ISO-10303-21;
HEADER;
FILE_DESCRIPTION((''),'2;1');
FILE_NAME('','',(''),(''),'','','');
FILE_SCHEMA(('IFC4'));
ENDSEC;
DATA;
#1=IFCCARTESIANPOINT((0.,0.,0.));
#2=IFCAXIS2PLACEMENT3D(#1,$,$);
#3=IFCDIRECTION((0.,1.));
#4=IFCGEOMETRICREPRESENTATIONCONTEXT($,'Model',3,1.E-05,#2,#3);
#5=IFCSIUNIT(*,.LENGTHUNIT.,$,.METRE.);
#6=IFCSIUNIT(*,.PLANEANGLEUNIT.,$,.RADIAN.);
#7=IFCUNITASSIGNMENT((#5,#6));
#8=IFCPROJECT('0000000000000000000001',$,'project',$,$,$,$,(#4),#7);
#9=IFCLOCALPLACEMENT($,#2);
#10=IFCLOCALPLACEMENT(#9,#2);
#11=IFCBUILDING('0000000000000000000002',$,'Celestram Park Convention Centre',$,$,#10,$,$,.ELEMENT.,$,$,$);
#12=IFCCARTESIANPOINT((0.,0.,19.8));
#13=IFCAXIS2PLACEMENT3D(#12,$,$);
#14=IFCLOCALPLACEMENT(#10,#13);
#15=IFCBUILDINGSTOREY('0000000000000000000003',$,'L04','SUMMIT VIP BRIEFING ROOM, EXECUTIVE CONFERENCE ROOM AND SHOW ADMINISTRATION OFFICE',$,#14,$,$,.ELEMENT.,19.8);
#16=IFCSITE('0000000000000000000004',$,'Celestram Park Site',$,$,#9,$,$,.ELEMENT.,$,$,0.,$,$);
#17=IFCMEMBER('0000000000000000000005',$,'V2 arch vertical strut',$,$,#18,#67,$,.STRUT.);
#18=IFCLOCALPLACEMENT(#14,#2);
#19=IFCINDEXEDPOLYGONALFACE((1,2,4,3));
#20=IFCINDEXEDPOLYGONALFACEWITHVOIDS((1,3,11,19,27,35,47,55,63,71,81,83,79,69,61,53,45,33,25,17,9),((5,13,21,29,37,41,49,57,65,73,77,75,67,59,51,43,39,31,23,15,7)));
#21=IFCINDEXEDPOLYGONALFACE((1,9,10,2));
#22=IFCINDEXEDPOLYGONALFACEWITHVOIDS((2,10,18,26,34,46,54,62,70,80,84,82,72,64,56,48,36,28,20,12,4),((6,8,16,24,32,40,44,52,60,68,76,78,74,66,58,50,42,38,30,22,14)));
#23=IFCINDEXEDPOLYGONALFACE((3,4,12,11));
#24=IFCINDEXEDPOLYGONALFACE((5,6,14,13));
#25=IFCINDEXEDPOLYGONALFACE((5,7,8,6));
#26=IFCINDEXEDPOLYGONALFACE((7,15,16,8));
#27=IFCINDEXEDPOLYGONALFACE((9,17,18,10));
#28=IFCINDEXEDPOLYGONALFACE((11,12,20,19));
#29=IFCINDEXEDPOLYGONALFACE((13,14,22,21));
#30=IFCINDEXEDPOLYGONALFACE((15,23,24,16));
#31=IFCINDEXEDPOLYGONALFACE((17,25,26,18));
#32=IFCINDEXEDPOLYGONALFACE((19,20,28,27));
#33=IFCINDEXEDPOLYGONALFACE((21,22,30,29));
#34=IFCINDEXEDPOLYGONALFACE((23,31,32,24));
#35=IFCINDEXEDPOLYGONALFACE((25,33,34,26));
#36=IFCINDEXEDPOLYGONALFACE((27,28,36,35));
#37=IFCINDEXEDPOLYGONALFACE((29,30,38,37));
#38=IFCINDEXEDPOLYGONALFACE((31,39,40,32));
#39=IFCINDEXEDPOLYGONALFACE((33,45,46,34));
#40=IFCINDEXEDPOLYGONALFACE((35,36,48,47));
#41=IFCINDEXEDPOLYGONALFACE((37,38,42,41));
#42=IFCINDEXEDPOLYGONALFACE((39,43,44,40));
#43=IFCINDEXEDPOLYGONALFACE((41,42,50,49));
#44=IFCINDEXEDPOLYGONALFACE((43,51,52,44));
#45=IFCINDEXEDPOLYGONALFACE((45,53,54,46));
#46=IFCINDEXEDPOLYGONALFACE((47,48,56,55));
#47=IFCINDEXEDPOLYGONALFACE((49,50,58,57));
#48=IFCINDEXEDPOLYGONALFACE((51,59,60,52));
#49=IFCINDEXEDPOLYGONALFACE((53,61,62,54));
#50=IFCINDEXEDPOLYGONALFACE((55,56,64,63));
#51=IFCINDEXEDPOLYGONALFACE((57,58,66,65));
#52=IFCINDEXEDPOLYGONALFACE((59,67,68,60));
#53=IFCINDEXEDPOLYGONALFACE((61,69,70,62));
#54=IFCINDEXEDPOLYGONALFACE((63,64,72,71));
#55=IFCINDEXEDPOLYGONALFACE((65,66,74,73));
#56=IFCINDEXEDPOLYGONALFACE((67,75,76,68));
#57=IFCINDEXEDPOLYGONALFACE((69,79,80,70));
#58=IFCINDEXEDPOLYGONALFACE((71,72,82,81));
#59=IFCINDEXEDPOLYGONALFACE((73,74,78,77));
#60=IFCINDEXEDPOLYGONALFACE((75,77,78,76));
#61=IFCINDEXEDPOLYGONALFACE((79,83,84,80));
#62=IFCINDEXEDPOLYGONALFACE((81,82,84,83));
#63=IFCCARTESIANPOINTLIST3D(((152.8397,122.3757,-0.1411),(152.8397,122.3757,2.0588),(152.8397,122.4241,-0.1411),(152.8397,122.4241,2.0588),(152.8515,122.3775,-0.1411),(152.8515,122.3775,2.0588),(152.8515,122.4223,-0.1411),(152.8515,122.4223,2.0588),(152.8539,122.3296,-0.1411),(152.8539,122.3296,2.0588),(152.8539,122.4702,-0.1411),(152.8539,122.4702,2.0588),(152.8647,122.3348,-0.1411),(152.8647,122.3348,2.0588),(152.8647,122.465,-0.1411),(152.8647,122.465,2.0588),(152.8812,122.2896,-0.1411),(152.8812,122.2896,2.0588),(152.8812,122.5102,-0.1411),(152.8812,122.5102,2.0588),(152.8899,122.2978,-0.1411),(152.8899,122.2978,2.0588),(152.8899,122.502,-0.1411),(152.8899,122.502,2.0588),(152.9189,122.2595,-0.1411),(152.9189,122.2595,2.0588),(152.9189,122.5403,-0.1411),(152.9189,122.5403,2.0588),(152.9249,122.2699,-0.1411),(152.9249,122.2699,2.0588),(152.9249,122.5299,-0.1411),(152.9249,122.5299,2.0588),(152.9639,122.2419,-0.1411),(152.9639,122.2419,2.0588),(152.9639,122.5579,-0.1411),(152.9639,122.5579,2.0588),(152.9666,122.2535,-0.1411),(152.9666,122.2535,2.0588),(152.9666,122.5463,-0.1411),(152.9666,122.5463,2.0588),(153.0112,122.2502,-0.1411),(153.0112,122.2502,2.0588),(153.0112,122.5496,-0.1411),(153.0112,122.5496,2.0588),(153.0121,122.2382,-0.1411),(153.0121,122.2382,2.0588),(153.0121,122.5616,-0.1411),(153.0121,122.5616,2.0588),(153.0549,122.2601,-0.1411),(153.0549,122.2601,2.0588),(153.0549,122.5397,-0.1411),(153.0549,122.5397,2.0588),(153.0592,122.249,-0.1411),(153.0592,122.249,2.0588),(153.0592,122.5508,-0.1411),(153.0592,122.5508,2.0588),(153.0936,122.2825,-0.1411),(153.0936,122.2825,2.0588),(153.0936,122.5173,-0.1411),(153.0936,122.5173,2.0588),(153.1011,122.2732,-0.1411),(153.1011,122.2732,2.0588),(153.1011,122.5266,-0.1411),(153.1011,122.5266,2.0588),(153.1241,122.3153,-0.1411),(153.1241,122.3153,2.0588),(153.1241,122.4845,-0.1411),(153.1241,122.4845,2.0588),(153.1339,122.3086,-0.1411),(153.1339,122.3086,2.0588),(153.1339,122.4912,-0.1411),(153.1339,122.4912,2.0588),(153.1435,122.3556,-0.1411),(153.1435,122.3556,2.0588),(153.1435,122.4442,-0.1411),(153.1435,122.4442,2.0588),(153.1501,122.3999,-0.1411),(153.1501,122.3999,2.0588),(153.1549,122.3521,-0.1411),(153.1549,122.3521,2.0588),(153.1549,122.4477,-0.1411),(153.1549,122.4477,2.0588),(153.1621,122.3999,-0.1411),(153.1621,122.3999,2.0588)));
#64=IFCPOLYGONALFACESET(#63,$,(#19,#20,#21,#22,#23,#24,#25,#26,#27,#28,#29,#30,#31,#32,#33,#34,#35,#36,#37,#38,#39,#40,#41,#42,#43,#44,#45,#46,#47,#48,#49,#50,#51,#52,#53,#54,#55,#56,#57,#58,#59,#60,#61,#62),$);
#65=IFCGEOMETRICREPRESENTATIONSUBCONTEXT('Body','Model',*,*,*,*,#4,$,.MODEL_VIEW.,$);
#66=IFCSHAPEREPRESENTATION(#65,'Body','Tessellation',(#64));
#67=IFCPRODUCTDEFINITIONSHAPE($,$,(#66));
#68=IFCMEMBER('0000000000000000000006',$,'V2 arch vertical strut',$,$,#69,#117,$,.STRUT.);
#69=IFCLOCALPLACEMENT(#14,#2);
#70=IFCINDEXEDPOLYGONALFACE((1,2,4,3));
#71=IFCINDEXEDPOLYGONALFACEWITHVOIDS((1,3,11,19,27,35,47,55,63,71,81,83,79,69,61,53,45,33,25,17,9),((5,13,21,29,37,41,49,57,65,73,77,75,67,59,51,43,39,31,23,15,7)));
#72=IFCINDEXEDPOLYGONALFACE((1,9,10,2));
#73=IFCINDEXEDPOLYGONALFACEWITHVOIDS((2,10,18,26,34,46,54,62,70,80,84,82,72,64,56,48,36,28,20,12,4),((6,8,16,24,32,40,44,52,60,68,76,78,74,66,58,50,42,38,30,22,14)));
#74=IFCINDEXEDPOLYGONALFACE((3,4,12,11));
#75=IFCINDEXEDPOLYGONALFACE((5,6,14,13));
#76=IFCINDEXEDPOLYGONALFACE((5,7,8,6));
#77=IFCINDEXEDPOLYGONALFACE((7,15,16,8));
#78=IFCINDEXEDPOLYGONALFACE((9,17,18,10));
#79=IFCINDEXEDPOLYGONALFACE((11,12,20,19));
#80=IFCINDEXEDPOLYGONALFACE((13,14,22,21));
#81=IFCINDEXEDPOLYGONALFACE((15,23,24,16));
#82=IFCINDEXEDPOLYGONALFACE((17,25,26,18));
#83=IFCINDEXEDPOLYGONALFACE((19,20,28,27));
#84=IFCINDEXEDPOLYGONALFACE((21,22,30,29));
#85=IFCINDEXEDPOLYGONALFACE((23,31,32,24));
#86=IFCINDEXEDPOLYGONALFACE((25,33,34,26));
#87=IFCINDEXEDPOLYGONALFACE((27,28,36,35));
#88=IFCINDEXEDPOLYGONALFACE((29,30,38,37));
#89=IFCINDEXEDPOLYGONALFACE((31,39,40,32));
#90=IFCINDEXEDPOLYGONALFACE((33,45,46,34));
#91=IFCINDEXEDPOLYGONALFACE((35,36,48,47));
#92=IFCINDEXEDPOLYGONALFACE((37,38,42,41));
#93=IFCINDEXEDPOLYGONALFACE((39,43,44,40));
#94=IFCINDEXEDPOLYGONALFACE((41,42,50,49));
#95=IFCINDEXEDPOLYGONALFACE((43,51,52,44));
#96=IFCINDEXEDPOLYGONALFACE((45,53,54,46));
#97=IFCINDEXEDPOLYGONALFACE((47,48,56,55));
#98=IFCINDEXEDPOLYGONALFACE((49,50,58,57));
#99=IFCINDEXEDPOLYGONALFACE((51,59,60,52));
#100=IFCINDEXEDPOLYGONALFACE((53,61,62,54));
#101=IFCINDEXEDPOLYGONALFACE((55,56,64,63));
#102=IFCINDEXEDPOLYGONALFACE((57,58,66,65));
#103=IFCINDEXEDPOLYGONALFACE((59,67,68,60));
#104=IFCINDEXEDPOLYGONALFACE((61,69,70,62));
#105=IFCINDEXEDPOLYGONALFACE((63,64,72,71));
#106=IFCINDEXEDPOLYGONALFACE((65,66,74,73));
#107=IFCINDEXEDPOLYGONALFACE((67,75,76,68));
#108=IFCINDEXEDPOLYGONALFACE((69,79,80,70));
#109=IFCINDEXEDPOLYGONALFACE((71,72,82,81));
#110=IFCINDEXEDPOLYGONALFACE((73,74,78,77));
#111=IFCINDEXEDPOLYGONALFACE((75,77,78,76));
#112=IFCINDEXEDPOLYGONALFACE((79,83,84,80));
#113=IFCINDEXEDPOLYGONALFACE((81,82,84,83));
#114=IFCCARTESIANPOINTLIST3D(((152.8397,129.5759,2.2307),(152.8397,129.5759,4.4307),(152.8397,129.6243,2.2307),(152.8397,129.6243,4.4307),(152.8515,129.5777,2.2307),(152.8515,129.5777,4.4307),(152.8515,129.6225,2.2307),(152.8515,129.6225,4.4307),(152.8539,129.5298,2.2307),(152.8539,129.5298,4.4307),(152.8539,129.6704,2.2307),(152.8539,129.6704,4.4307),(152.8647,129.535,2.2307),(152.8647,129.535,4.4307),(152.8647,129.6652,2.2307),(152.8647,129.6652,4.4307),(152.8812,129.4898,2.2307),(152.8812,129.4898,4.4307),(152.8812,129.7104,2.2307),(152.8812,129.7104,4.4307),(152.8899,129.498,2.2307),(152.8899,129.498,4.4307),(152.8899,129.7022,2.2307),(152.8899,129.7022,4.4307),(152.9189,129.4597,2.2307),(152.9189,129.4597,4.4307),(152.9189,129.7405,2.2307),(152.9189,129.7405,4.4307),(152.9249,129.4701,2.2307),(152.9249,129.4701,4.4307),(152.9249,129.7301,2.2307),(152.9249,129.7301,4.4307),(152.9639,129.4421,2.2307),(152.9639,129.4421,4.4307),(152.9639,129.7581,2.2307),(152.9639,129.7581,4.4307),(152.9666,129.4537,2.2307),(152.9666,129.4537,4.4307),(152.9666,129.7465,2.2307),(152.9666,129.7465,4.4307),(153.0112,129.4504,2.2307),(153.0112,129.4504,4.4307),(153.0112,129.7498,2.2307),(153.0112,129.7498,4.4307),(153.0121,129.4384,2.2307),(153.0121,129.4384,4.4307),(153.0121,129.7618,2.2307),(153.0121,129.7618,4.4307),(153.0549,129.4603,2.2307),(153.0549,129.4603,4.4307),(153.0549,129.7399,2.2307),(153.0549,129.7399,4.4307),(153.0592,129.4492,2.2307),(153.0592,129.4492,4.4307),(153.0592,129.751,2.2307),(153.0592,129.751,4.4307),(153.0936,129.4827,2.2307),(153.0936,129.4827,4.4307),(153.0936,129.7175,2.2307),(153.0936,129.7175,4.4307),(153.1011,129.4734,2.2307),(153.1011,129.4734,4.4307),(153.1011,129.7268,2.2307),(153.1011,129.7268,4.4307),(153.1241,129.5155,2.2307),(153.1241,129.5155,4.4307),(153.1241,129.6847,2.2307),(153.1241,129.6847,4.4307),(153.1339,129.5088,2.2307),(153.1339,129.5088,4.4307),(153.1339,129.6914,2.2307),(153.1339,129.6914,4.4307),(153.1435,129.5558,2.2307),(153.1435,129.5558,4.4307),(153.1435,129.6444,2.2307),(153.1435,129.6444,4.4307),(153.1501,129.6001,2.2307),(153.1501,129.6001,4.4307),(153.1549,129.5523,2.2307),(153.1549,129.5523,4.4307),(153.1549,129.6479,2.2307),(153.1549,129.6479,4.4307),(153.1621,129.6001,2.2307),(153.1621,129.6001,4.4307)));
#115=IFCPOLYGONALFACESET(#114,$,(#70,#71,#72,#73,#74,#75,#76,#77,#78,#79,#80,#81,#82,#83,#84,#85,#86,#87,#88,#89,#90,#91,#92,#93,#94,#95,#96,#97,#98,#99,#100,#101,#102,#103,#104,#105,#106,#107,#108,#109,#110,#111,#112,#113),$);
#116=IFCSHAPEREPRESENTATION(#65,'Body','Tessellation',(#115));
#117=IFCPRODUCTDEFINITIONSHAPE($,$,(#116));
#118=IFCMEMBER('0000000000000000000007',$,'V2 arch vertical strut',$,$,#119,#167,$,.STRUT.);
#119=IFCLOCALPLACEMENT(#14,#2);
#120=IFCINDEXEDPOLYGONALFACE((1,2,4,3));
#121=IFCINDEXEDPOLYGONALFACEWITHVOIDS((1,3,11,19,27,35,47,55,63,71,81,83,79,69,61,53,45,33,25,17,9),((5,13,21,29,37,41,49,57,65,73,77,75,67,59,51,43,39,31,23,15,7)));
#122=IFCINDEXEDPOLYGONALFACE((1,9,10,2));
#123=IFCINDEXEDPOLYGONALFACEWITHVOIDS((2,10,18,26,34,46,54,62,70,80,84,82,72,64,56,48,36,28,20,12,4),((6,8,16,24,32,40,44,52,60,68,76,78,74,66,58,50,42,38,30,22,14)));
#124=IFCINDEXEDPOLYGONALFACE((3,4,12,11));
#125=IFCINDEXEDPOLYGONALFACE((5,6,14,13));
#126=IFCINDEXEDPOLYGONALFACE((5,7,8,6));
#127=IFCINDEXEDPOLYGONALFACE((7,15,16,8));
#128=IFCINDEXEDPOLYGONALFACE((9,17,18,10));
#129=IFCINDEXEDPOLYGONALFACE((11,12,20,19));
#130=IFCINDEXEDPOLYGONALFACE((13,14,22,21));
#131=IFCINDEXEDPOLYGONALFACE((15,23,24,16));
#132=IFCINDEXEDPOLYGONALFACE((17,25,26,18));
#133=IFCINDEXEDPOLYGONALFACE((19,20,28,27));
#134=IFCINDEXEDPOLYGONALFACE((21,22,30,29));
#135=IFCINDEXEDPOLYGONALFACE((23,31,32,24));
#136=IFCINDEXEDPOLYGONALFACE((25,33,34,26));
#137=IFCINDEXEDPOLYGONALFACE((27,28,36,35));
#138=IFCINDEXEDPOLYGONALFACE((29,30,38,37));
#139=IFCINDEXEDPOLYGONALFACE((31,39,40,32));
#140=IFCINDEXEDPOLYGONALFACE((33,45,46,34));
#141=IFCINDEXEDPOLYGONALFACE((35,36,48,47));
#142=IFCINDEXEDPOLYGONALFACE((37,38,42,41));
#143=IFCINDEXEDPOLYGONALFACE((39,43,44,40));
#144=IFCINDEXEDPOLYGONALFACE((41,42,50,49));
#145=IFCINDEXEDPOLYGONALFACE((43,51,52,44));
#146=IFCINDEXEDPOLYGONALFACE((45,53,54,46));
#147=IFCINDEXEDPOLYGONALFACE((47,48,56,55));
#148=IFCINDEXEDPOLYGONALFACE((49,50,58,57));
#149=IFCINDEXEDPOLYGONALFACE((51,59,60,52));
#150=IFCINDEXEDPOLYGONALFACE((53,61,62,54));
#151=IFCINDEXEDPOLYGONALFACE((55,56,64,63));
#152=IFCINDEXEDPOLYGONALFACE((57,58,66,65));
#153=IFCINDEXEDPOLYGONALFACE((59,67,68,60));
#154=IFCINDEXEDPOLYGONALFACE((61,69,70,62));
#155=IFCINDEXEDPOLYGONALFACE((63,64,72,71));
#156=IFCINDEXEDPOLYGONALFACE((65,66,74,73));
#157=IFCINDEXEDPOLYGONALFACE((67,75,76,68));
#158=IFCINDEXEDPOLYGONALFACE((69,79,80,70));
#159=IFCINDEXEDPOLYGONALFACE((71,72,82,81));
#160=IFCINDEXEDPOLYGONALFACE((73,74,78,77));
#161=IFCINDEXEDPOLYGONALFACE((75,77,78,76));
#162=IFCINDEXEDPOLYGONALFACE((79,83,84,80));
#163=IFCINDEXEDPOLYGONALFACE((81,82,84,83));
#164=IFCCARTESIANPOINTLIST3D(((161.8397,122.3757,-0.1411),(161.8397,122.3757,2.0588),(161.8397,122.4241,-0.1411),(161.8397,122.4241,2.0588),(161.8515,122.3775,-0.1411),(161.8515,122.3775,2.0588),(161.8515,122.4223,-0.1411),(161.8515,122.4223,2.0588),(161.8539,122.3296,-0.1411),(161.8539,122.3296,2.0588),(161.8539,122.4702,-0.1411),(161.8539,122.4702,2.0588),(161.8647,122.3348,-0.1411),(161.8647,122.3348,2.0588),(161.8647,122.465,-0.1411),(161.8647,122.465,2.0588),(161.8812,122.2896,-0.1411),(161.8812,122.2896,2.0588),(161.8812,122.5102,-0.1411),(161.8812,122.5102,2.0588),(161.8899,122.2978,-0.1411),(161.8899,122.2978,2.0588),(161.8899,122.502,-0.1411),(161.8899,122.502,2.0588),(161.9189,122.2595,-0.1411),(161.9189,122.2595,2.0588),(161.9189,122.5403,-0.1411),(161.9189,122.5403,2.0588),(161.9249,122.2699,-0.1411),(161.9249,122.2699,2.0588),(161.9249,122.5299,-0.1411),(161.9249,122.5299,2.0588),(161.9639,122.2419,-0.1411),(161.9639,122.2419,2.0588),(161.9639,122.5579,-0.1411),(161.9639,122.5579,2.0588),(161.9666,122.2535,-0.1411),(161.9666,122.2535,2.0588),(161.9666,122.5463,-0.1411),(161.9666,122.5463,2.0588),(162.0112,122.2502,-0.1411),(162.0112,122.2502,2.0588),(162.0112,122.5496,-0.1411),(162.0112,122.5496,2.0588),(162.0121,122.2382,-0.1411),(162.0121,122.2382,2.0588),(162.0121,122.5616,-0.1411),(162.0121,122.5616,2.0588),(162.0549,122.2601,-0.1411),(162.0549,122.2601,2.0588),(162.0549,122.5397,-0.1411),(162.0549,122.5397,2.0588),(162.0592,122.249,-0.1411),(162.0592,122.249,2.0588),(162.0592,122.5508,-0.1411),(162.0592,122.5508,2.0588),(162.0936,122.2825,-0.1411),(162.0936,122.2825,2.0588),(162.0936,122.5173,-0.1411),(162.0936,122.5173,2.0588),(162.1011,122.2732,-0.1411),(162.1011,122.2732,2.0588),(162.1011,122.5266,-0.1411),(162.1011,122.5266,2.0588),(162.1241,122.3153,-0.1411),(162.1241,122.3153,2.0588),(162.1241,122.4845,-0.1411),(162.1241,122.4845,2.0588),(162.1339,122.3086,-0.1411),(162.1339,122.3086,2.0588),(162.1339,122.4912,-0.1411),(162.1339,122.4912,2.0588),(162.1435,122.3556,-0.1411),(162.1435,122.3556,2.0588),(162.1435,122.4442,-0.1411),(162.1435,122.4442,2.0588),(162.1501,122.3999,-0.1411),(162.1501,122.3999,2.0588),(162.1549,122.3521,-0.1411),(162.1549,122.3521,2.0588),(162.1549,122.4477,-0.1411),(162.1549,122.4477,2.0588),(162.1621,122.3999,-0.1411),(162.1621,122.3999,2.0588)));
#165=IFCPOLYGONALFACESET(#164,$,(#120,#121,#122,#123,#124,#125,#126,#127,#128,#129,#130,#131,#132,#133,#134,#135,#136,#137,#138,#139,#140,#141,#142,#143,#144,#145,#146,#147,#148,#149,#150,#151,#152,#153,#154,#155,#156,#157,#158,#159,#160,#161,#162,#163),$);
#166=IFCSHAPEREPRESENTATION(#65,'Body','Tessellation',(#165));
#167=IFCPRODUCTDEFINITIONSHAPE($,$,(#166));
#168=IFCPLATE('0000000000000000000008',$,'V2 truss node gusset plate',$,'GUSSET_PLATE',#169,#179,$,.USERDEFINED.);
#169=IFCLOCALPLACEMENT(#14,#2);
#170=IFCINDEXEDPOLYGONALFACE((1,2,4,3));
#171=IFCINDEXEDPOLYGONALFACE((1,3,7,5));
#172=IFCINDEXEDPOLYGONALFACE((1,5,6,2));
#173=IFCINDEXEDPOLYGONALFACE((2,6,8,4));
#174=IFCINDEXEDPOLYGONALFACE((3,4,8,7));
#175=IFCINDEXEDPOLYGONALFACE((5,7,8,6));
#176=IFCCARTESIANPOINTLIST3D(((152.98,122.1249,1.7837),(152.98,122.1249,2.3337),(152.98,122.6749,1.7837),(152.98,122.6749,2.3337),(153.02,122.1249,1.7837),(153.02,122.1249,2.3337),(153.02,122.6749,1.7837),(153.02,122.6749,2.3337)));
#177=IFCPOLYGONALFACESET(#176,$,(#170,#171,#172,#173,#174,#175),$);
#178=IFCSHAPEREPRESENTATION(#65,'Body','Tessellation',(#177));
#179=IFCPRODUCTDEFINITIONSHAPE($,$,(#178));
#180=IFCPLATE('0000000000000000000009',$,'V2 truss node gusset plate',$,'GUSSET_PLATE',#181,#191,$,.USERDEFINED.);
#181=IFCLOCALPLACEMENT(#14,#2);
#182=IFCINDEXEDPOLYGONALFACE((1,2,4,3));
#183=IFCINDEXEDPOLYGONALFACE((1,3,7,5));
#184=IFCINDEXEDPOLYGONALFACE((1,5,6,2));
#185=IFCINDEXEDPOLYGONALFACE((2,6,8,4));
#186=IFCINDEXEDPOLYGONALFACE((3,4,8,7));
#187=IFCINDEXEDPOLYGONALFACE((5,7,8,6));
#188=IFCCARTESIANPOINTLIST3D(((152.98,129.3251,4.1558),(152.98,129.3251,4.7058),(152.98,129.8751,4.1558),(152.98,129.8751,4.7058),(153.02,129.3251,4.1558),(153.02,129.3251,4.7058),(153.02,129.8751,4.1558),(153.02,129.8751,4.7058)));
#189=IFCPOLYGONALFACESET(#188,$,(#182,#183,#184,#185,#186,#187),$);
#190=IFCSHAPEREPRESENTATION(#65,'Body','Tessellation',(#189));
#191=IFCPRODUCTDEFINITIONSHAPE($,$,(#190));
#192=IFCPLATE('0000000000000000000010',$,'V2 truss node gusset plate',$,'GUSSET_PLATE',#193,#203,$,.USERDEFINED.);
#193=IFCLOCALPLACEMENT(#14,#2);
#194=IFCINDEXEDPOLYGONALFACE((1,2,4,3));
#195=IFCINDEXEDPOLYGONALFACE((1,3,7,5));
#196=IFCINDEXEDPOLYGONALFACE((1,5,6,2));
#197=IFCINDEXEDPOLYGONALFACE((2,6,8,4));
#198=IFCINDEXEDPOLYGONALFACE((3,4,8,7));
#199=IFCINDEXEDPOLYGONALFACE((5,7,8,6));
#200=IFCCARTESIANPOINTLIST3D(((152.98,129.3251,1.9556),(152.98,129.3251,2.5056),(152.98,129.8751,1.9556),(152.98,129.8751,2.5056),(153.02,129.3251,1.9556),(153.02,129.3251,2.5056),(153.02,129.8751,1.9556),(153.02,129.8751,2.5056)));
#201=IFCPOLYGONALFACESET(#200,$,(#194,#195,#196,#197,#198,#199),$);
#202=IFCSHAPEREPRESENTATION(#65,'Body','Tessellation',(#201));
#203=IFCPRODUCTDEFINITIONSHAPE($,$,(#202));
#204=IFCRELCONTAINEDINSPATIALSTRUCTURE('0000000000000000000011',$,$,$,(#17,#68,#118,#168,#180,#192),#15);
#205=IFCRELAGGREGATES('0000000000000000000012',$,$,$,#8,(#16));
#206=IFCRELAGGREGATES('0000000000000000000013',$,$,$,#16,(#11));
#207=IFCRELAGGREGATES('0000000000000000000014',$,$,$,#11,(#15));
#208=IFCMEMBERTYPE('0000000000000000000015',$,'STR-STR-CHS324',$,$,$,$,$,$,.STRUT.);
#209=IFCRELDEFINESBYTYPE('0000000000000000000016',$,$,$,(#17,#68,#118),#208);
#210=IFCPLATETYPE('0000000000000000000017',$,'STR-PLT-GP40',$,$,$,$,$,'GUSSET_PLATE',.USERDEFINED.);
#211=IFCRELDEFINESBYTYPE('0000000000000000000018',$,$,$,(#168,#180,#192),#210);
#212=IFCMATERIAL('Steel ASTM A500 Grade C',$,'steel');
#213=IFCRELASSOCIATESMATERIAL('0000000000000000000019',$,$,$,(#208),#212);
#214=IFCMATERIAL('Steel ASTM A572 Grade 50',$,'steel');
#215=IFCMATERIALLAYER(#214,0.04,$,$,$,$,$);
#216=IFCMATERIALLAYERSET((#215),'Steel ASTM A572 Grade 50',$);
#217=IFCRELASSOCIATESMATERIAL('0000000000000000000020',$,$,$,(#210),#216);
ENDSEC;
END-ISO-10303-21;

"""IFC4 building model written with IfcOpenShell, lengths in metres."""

from ifc_helpers import new_model, si_unit, direction, frame, origin, origin_2d, place, context, subcontext, project, spatial, rectangle, hollow_circle, extrude, material, layer, layer_set, material_profile, profile_set, type_object, element, save


model = new_model("IFC4")

# Units and contexts
model_context = context("Model", 3, precision=1e-05, world=origin(), true_north=direction((0.0, 1.0)))
body_context = subcontext(model_context, "Body", "Model", "MODEL_VIEW")
ifc_project = project(units=[si_unit("LENGTHUNIT", "METRE"), si_unit("PLANEANGLEUNIT", "RADIAN")], contexts=[model_context])

# Site, building, storey
site_placement = place(None, origin())
site = spatial("IfcSite", under=ifc_project, at=site_placement, Name="Celestram Park Site", CompositionType="ELEMENT", RefElevation=0.0)
building_placement = place(site_placement, origin())
building = spatial("IfcBuilding", under=site, at=building_placement, Name="Celestram Park Convention Centre", CompositionType="ELEMENT")
storey_placement = place(building_placement, frame((0.0, 0.0, 19.8)))
storey = spatial("IfcBuildingStorey", under=building, at=storey_placement, Name="L04", Description="SUMMIT VIP BRIEFING ROOM, EXECUTIVE CONFERENCE ROOM AND SHOW ADMINISTRATION OFFICE", CompositionType="ELEMENT", Elevation=19.8)

# Shared definitions
ifc_material_1 = material(Name="Steel ASTM A500 Grade C", Category="steel")

# Members
ifc_material_profile_1 = material_profile(ifc_material_1, hollow_circle(Radius=0.1621, WallThickness=0.012, at=origin_2d()), Name="CHS324X12")
ifc_profile_set_1 = profile_set([ifc_material_profile_1], Name="Steel ASTM A500 Grade C")
member_type_1 = type_object("IfcMemberType", Name="STR-STR-CHS324", PredefinedType="STRUT", material=ifc_profile_set_1)
for number, where, z_axis, x_axis, name in (
    (1, (153.0, 122.3999, -0.1411), (0.0, 0.0, 1.0), (1.0, 0.0, 0.0), "V2 arch vertical strut"),
    (2, (153.0, 129.6001, 2.2307), (0.0, 0.0, 1.0), (1.0, 0.0, 0.0), "V2 arch vertical strut"),
    (3, (162.0, 122.3999, -0.1411), (0.0, 0.0, 1.0), (1.0, 0.0, 0.0), "V2 arch vertical strut"),
):
    element("IfcMember", number, at=place(storey_placement, frame(where, z_axis=z_axis, x_axis=x_axis)), inside=storey, type_object=member_type_1, Name=name, PredefinedType="STRUT", context=body_context, shape_type="SweptSolid", body=[
        extrude(hollow_circle(Radius=0.1621, WallThickness=0.012, at=origin_2d()), origin(), (0.0, 0.0, 1.0), 2.2),
    ])

# Plates
ifc_material_2 = material(Name="Steel ASTM A572 Grade 50", Category="steel")
ifc_layer_1 = layer(ifc_material_2, 0.04)
ifc_layer_set_1 = layer_set([ifc_layer_1], Name="Steel ASTM A572 Grade 50")
plate_type = type_object("IfcPlateType", Name="STR-PLT-GP40", ElementType="GUSSET_PLATE", PredefinedType="USERDEFINED", material=ifc_layer_set_1)
for number, where, z_axis, x_axis, name in (
    (4, (153.0, 122.3999, 1.7837), (0.0, 0.0, 1.0), (0.0, 1.0, 0.0), "V2 truss node gusset plate"),
    (5, (153.0, 129.6001, 4.1558), (0.0, 0.0, 1.0), (0.0, 1.0, 0.0), "V2 truss node gusset plate"),
    (6, (153.0, 129.6001, 1.9556), (0.0, 0.0, 1.0), (0.0, 1.0, 0.0), "V2 truss node gusset plate"),
):
    element("IfcPlate", number, at=place(storey_placement, frame(where, z_axis=z_axis, x_axis=x_axis)), inside=storey, type_object=plate_type, Name=name, ObjectType="GUSSET_PLATE", PredefinedType="USERDEFINED", context=body_context, shape_type="SweptSolid", body=[
        extrude(rectangle(XDim=0.55, YDim=0.04, at=origin_2d()), origin(), (0.0, 0.0, 1.0), 0.55),
    ])

save(model, "model.ifc")
